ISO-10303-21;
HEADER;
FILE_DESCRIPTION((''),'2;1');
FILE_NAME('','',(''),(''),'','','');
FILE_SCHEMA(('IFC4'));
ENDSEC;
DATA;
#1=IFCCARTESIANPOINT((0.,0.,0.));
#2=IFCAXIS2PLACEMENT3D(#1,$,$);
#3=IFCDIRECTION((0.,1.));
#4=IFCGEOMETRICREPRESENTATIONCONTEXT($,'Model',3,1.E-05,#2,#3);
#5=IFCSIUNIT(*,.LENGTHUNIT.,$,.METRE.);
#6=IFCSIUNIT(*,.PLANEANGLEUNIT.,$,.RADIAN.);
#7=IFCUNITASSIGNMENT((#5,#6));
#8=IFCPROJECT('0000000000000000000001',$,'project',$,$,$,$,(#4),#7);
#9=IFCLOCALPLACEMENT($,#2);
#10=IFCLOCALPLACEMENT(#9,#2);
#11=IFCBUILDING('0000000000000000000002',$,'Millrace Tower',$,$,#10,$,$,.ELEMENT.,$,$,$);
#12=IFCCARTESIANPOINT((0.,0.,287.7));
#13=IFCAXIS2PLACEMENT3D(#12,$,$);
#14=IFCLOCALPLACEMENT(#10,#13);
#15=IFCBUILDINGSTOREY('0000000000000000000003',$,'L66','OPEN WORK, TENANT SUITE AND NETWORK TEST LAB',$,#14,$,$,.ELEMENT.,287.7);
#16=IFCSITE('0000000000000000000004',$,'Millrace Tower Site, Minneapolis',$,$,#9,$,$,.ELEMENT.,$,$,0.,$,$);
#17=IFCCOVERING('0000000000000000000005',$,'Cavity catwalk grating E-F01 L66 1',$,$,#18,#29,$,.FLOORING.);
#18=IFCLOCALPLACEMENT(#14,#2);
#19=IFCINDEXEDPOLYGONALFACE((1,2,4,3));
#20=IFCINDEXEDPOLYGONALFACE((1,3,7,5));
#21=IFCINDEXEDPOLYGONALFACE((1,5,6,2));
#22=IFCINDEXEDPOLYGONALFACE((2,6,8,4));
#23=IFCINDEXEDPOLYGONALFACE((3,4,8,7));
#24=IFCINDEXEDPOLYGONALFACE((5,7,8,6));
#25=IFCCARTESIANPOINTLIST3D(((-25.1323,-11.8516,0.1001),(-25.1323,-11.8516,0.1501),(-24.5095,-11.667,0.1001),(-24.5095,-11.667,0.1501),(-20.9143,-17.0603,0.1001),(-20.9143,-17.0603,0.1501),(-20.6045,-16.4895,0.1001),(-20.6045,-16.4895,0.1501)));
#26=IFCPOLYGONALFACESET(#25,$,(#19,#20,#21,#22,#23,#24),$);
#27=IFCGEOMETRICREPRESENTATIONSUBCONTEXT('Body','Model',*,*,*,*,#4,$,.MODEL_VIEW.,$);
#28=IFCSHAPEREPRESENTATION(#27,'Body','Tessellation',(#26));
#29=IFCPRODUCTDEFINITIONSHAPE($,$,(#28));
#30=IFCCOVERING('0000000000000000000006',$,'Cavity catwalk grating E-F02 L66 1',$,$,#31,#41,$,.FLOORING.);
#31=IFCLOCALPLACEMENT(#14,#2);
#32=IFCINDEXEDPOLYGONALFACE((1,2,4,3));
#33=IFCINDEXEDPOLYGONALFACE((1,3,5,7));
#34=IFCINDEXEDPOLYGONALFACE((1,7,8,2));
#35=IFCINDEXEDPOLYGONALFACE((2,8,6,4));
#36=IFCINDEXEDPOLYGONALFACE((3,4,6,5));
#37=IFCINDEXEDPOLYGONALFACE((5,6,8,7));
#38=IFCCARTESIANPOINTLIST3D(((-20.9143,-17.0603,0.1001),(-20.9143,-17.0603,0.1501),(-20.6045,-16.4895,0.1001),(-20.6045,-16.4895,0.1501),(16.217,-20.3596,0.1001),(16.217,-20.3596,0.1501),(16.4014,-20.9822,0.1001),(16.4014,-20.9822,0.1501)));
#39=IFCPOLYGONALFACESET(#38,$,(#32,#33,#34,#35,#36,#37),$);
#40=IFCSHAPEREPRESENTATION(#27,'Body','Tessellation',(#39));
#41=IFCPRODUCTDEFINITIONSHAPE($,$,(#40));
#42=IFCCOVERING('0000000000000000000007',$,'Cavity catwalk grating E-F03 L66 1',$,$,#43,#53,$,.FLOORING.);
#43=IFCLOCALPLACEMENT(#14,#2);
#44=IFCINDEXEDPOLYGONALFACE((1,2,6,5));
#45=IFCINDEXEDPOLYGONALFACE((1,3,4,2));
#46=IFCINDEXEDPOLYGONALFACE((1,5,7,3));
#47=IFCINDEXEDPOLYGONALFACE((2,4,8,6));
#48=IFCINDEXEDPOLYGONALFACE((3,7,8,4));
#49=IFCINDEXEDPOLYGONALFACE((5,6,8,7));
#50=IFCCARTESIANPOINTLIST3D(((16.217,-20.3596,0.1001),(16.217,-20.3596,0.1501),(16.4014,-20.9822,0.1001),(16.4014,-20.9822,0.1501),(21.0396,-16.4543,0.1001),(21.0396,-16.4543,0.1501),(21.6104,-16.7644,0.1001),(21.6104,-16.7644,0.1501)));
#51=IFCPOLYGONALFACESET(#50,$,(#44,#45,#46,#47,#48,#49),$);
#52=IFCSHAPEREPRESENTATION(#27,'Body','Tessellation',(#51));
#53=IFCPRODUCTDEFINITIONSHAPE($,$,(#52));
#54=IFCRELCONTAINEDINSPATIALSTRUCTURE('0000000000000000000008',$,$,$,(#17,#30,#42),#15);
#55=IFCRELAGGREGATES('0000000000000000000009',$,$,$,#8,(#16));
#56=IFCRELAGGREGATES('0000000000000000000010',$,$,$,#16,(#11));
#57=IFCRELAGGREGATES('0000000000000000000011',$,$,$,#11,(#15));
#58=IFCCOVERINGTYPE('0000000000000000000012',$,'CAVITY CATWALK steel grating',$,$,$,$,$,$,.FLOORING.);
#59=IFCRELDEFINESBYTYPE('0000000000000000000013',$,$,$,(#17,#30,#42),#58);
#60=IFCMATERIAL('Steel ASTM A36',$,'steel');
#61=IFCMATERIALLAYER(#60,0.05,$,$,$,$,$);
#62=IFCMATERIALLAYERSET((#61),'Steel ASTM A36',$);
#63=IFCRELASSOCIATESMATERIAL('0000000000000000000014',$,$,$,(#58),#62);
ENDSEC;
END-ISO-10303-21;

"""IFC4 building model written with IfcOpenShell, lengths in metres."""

from ifc_helpers import new_model, si_unit, direction, frame, origin, place, context, subcontext, project, spatial, polyline, outline, extrude, material, layer, layer_set, type_object, element, save


model = new_model("IFC4")

# Units and contexts
model_context = context("Model", 3, precision=1e-05, world=origin(), true_north=direction((0.0, 1.0)))
body_context = subcontext(model_context, "Body", "Model", "MODEL_VIEW")
ifc_project = project(units=[si_unit("LENGTHUNIT", "METRE"), si_unit("PLANEANGLEUNIT", "RADIAN")], contexts=[model_context])

# Site, building, storey
site_placement = place(None, origin())
site = spatial("IfcSite", under=ifc_project, at=site_placement, Name="Millrace Tower Site, Minneapolis", CompositionType="ELEMENT", RefElevation=0.0)
building_placement = place(site_placement, origin())
building = spatial("IfcBuilding", under=site, at=building_placement, Name="Millrace Tower", CompositionType="ELEMENT")
storey_placement = place(building_placement, frame((0.0, 0.0, 287.7)))
storey = spatial("IfcBuildingStorey", under=building, at=storey_placement, Name="L66", Description="OPEN WORK, TENANT SUITE AND NETWORK TEST LAB", CompositionType="ELEMENT", Elevation=287.7)

# Coverings
ifc_material_1 = material(Name="Steel ASTM A36", Category="steel")
ifc_layer_1 = layer(ifc_material_1, 0.05)
ifc_layer_set_1 = layer_set([ifc_layer_1], Name="Steel ASTM A36")
covering_type = type_object("IfcCoveringType", Name="CAVITY CATWALK steel grating", PredefinedType="FLOORING", material=ifc_layer_set_1)
placement_1 = place(storey_placement, frame((0.0, 0.0, 0.1001)))
element("IfcCovering", 1, at=placement_1, inside=storey, type_object=covering_type, Name="Cavity catwalk grating E-F01 L66 1", PredefinedType="FLOORING", context=body_context, shape_type="SweptSolid", body=[
    extrude(outline(polyline([(-25.1323, -11.8516), (-20.9143, -17.0603), (-20.6045, -16.4895), (-24.5095, -11.667), (-25.1323, -11.8516)])), origin(), (0.0, 0.0, 1.0), 0.05),
])
element("IfcCovering", 2, at=placement_1, inside=storey, type_object=covering_type, Name="Cavity catwalk grating E-F02 L66 1", PredefinedType="FLOORING", context=body_context, shape_type="SweptSolid", body=[
    extrude(outline(polyline([(-20.9143, -17.0603), (16.4014, -20.9822), (16.217, -20.3596), (-20.6045, -16.4895), (-20.9143, -17.0603)])), origin(), (0.0, 0.0, 1.0), 0.05),
])
element("IfcCovering", 3, at=placement_1, inside=storey, type_object=covering_type, Name="Cavity catwalk grating E-F03 L66 1", PredefinedType="FLOORING", context=body_context, shape_type="SweptSolid", body=[
    extrude(outline(polyline([(16.4014, -20.9822), (21.6104, -16.7644), (21.0396, -16.4543), (16.217, -20.3596), (16.4014, -20.9822)])), origin(), (0.0, 0.0, 1.0), 0.05),
])

save(model, "model.ifc")
